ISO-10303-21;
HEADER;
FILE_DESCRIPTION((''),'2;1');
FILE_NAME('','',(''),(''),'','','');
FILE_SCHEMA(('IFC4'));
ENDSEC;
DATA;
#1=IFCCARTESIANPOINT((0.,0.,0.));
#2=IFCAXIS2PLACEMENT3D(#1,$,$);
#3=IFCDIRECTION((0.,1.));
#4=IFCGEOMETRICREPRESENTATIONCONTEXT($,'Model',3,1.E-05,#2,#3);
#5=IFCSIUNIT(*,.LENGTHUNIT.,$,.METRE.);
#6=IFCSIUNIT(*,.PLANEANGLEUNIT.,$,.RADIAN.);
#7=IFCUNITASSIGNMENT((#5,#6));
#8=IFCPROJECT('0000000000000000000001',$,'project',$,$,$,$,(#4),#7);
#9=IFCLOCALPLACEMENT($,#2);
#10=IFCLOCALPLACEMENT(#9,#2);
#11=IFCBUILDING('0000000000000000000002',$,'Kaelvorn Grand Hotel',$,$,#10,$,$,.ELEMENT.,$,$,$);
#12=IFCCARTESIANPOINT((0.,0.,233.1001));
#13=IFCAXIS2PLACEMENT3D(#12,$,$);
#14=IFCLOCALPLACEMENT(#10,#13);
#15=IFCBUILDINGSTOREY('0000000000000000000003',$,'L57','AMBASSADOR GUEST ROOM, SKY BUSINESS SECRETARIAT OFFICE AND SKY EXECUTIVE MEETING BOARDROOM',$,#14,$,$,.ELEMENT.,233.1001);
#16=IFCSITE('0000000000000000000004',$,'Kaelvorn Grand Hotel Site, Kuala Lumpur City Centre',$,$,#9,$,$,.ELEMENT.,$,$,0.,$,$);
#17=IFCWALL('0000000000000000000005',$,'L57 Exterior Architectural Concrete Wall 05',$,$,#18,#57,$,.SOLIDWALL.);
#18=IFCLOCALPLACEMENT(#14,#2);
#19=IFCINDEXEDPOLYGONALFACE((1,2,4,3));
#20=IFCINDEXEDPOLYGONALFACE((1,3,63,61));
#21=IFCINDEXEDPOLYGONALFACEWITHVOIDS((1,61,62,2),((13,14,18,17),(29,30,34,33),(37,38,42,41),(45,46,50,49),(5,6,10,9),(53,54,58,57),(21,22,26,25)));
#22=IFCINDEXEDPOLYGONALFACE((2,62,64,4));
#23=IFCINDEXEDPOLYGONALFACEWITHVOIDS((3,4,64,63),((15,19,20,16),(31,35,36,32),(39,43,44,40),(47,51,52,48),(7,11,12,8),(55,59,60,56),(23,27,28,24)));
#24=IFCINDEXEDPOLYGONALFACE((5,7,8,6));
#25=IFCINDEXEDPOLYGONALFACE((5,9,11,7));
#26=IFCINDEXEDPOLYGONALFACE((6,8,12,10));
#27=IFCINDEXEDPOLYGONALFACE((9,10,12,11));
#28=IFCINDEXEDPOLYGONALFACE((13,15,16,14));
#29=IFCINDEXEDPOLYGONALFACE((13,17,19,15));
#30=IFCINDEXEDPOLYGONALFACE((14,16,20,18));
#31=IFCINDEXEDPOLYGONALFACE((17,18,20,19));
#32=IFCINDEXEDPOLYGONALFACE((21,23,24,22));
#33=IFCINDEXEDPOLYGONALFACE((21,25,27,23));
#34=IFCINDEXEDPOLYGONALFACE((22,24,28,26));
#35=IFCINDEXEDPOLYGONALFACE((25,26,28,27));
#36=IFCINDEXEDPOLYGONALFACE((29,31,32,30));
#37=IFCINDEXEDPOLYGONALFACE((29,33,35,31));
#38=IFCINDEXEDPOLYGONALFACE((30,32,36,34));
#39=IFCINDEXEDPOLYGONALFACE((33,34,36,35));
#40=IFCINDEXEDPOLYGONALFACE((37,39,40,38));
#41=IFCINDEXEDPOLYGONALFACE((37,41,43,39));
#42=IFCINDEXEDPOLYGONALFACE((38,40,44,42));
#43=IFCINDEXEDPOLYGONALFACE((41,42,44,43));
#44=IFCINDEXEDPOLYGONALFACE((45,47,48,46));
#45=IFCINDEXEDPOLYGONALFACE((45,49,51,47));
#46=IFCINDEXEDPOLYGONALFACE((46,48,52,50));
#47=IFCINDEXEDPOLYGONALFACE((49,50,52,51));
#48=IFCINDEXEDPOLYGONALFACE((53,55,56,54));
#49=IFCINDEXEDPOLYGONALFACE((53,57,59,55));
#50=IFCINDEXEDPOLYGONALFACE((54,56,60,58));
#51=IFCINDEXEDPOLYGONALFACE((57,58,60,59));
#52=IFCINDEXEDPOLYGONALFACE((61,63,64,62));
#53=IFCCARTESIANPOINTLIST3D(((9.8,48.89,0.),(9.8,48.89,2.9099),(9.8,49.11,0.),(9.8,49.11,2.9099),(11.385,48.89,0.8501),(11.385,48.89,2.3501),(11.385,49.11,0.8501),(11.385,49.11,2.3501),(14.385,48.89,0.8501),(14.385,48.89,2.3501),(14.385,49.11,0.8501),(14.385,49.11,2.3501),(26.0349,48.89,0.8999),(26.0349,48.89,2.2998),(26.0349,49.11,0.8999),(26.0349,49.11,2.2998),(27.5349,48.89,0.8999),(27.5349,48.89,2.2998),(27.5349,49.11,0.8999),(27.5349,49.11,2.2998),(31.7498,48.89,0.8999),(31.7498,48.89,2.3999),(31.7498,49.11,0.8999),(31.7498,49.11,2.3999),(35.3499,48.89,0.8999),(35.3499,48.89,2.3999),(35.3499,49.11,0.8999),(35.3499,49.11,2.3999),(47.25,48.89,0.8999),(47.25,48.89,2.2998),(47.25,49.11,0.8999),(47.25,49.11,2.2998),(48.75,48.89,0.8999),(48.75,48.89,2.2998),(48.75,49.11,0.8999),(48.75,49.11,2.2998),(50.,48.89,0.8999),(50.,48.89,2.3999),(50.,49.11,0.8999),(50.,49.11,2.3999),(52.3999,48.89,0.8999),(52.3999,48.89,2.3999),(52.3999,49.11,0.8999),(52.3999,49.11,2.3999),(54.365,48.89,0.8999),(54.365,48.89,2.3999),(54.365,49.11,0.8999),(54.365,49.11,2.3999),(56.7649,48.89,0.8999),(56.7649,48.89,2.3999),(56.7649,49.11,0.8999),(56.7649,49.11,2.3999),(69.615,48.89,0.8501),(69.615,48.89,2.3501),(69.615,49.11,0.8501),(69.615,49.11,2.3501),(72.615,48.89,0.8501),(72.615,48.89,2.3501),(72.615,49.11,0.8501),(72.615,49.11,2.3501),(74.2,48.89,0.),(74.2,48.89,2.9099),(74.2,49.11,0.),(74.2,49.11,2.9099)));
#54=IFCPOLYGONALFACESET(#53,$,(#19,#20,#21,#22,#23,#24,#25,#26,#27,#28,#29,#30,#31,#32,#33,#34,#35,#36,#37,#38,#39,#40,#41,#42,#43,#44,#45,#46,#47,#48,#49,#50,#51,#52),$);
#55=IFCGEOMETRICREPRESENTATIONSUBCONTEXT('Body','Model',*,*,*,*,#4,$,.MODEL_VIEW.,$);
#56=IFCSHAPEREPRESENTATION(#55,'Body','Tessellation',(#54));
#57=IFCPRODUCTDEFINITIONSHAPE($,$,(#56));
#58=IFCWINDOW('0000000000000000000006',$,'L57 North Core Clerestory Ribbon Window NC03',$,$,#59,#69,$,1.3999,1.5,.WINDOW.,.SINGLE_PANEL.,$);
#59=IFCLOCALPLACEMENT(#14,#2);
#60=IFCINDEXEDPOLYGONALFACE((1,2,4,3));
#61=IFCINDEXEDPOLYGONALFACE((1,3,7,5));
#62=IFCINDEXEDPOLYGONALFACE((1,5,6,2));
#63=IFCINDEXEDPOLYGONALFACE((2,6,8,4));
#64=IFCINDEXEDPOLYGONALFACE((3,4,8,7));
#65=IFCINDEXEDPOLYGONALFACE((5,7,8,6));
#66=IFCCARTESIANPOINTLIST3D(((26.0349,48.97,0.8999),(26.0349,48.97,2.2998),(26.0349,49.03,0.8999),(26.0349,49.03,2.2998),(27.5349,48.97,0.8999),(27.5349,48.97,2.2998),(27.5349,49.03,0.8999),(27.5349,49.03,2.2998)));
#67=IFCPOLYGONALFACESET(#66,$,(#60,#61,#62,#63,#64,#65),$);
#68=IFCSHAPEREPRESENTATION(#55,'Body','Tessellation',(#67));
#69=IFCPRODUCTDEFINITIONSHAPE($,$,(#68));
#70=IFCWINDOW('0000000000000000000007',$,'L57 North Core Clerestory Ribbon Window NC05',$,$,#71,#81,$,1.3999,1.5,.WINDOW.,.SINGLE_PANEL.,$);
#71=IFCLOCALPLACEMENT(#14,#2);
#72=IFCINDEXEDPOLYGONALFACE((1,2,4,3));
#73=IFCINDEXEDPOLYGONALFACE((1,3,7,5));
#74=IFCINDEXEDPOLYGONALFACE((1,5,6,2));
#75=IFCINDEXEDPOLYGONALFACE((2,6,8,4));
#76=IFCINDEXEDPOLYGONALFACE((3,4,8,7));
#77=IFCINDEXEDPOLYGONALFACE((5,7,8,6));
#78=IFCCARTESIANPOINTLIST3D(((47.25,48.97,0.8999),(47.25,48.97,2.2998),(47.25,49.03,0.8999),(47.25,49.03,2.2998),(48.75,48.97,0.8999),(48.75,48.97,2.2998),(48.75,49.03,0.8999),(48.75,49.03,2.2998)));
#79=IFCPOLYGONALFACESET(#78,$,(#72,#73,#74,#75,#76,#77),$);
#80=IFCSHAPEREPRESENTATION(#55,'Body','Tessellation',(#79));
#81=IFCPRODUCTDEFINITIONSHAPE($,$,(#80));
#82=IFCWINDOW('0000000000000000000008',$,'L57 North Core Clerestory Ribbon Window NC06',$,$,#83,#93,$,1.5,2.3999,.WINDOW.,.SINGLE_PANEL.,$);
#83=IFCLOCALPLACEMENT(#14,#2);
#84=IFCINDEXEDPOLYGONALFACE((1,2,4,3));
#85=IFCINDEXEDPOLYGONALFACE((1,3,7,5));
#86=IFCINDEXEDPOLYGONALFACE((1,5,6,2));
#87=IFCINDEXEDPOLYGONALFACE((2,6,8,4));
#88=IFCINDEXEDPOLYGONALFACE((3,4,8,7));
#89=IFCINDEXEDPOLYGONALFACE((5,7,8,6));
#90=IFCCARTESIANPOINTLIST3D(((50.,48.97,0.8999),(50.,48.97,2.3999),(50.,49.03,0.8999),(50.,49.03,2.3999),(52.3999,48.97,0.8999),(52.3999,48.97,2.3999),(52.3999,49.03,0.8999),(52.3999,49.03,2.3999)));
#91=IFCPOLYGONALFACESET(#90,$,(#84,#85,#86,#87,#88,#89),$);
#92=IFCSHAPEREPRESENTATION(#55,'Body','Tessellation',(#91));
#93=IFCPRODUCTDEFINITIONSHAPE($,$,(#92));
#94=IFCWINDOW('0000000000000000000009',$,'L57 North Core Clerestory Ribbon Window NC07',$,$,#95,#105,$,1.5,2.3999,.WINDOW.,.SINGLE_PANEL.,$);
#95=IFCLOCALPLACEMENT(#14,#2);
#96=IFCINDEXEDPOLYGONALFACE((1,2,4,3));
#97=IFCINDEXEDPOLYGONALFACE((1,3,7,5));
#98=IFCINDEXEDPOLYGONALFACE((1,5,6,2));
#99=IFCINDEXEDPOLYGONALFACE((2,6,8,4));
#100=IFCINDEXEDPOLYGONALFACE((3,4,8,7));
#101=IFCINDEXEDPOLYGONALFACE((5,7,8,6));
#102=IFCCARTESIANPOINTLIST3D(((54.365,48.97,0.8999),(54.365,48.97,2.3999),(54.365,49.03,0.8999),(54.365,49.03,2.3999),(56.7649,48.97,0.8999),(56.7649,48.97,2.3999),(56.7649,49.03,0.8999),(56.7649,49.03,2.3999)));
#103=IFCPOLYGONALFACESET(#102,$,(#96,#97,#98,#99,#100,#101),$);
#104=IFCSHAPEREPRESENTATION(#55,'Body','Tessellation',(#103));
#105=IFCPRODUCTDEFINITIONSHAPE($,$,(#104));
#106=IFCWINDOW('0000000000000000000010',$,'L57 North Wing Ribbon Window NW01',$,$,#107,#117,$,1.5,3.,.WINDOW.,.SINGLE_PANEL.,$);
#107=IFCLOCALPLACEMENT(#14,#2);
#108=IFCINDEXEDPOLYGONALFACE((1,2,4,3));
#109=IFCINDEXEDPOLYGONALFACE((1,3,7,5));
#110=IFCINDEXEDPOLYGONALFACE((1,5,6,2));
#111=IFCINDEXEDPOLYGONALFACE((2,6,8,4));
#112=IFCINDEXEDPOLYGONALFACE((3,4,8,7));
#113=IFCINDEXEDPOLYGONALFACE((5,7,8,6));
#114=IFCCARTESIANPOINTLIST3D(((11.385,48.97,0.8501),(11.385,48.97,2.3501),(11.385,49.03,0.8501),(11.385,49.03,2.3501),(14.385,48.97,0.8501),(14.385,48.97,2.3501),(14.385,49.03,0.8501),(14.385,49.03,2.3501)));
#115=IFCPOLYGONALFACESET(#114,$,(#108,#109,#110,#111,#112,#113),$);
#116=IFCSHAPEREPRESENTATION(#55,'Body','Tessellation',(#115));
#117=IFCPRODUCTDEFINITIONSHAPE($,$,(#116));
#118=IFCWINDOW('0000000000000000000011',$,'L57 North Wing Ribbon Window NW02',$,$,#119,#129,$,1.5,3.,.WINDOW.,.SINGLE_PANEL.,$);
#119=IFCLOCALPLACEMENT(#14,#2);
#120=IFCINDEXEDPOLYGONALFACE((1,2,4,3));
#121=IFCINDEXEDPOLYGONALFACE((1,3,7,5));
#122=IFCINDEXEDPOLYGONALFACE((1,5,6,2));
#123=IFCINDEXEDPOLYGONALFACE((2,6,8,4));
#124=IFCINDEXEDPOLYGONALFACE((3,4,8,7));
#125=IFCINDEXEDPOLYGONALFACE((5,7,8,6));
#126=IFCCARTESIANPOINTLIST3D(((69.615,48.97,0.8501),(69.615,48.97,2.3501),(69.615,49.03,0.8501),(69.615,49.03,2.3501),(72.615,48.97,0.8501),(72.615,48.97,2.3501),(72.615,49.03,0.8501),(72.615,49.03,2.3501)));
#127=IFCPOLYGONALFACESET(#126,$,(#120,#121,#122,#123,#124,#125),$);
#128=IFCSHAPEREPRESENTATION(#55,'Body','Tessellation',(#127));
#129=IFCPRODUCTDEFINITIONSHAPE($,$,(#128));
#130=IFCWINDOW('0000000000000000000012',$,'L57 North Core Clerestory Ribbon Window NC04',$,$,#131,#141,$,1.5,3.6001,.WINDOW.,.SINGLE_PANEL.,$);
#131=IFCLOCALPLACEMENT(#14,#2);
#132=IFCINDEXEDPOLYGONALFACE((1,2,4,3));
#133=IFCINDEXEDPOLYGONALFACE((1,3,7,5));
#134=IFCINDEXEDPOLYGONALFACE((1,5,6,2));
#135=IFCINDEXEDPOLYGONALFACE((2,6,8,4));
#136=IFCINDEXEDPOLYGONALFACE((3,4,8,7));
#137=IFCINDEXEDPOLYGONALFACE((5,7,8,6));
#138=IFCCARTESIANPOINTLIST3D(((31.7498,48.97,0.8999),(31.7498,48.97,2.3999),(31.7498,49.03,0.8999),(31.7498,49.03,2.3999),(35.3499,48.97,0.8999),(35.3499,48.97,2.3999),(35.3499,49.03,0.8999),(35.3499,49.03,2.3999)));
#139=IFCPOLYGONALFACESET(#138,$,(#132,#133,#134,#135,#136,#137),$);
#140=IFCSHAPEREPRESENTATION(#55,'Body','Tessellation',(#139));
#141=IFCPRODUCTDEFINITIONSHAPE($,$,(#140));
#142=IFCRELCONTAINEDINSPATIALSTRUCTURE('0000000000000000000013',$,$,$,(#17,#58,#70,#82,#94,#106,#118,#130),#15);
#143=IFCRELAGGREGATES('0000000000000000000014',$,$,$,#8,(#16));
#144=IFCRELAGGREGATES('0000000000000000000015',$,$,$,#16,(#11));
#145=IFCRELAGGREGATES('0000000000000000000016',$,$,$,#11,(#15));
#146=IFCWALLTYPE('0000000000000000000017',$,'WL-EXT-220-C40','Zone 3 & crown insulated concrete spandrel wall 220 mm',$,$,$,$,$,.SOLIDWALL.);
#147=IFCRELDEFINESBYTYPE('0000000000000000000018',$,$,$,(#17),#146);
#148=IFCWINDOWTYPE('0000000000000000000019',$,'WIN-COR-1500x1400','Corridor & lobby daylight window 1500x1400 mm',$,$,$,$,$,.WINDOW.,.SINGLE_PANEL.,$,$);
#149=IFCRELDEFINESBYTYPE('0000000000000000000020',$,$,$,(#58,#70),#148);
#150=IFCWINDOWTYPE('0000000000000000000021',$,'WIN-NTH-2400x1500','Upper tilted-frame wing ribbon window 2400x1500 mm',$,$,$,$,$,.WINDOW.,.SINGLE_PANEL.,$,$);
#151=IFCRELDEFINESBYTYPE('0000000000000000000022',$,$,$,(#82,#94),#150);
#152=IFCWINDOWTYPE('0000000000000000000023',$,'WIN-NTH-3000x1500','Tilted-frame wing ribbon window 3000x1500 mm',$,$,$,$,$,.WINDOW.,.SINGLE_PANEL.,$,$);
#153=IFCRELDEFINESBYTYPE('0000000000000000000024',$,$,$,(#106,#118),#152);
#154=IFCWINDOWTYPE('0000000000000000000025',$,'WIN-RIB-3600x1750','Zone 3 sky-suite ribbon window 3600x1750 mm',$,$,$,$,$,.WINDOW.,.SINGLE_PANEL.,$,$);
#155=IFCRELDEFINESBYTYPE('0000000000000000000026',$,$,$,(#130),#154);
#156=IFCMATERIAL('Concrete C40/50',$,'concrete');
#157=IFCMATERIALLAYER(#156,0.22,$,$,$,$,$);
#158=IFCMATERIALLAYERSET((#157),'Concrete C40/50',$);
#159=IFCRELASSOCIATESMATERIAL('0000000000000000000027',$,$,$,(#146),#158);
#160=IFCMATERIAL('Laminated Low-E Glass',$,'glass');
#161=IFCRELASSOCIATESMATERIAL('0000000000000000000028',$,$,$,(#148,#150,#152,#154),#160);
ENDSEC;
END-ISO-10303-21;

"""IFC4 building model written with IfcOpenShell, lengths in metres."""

from ifc_helpers import new_model, si_unit, direction, frame, frame_2d, origin, place, context, subcontext, project, spatial, rectangle, extrude, material, layer, layer_set, type_object, element, fill, save


model = new_model("IFC4")

# Units and contexts
model_context = context("Model", 3, precision=1e-05, world=origin(), true_north=direction((0.0, 1.0)))
body_context = subcontext(model_context, "Body", "Model", "MODEL_VIEW")
ifc_project = project(units=[si_unit("LENGTHUNIT", "METRE"), si_unit("PLANEANGLEUNIT", "RADIAN")], contexts=[model_context])

# Site, building, storey
site_placement = place(None, origin())
site = spatial("IfcSite", under=ifc_project, at=site_placement, Name="Kaelvorn Grand Hotel Site, Kuala Lumpur City Centre", CompositionType="ELEMENT", RefElevation=0.0)
building_placement = place(site_placement, origin())
building = spatial("IfcBuilding", under=site, at=building_placement, Name="Kaelvorn Grand Hotel", CompositionType="ELEMENT")
storey_placement = place(building_placement, frame((0.0, 0.0, 233.1001)))
storey = spatial("IfcBuildingStorey", under=building, at=storey_placement, Name="L57", Description="AMBASSADOR GUEST ROOM, SKY BUSINESS SECRETARIAT OFFICE AND SKY EXECUTIVE MEETING BOARDROOM", CompositionType="ELEMENT", Elevation=233.1001)

# Shared definitions
ifc_material_1 = material(Name="Concrete C40/50", Category="concrete")
ifc_layer_1 = layer(ifc_material_1, 0.22)
ifc_layer_set_1 = layer_set([ifc_layer_1], Name="Concrete C40/50")
wall_type = type_object("IfcWallType", Name="WL-EXT-220-C40", Description="Zone 3 & crown insulated concrete spandrel wall 220 mm", PredefinedType="SOLIDWALL", material=ifc_layer_set_1)
ifc_material_2 = material(Name="Laminated Low-E Glass", Category="glass")

# Wall, openings, windows
wall_1_placement = place(storey_placement, frame((74.2, 49.0, 0.0), z_axis=(0.0, 0.0, 1.0), x_axis=(-1.0, 0.0, 0.0)))
wall_1 = element("IfcWall", 1, at=wall_1_placement, inside=storey, type_object=wall_type, Name="L57 Exterior Architectural Concrete Wall 05", PredefinedType="SOLIDWALL", context=body_context, shape_type="SweptSolid", body=[
    extrude(rectangle(XDim=64.3999, YDim=0.22, at=frame_2d((32.2, 0.0))), origin(), (0.0, 0.0, 1.0), 2.9099),
])
opening_1_placement = place(wall_1_placement, frame((59.8149, 0.0, 0.8501)))
opening_1 = element("IfcOpeningElement", 2, at=opening_1_placement, cuts=wall_1, PredefinedType="OPENING", context=body_context, shape_type="SweptSolid", body=[
    extrude(rectangle(XDim=3.0, YDim=1.5, at=frame_2d((1.5, 0.75))), frame((0.0, 0.1201, 0.0), z_axis=(0.0, -1.0, 0.0), x_axis=(1.0, 0.0, 0.0)), (0.0, 0.0, 1.0), 0.24),
])
opening_2_placement = place(wall_1_placement, frame((1.585, 0.0, 0.8501)))
opening_2 = element("IfcOpeningElement", 3, at=opening_2_placement, cuts=wall_1, PredefinedType="OPENING", context=body_context, shape_type="SweptSolid", body=[
    extrude(rectangle(XDim=3.0, YDim=1.5, at=frame_2d((1.5, 0.75))), frame((0.0, 0.1201, 0.0), z_axis=(0.0, -1.0, 0.0), x_axis=(1.0, 0.0, 0.0)), (0.0, 0.0, 1.0), 0.24),
])
opening_3_placement = place(wall_1_placement, frame((46.665, 0.0, 0.8999)))
opening_3 = element("IfcOpeningElement", 4, at=opening_3_placement, cuts=wall_1, PredefinedType="OPENING", context=body_context, shape_type="SweptSolid", body=[
    extrude(rectangle(XDim=1.5, YDim=1.3999, at=frame_2d((0.75, 0.7))), frame((0.0, 0.1201, 0.0), z_axis=(0.0, -1.0, 0.0), x_axis=(1.0, 0.0, 0.0)), (0.0, 0.0, 1.0), 0.24),
])
opening_4_placement = place(wall_1_placement, frame((38.8501, 0.0, 0.8999)))
opening_4 = element("IfcOpeningElement", 5, at=opening_4_placement, cuts=wall_1, PredefinedType="OPENING", context=body_context, shape_type="SweptSolid", body=[
    extrude(rectangle(XDim=3.6001, YDim=1.5, at=frame_2d((1.8, 0.75))), frame((0.0, 0.1201, 0.0), z_axis=(0.0, -1.0, 0.0), x_axis=(1.0, 0.0, 0.0)), (0.0, 0.0, 1.0), 0.24),
])
opening_5_placement = place(wall_1_placement, frame((25.45, 0.0, 0.8999)))
opening_5 = element("IfcOpeningElement", 6, at=opening_5_placement, cuts=wall_1, PredefinedType="OPENING", context=body_context, shape_type="SweptSolid", body=[
    extrude(rectangle(XDim=1.5, YDim=1.3999, at=frame_2d((0.75, 0.7))), frame((0.0, 0.1201, 0.0), z_axis=(0.0, -1.0, 0.0), x_axis=(1.0, 0.0, 0.0)), (0.0, 0.0, 1.0), 0.24),
])
opening_6_placement = place(wall_1_placement, frame((21.8, 0.0, 0.8999)))
opening_6 = element("IfcOpeningElement", 7, at=opening_6_placement, cuts=wall_1, PredefinedType="OPENING", context=body_context, shape_type="SweptSolid", body=[
    extrude(rectangle(XDim=2.3999, YDim=1.5, at=frame_2d((1.2, 0.75))), frame((0.0, 0.1201, 0.0), z_axis=(0.0, -1.0, 0.0), x_axis=(1.0, 0.0, 0.0)), (0.0, 0.0, 1.0), 0.24),
])
opening_7_placement = place(wall_1_placement, frame((17.4351, 0.0, 0.8999)))
opening_7 = element("IfcOpeningElement", 8, at=opening_7_placement, cuts=wall_1, PredefinedType="OPENING", context=body_context, shape_type="SweptSolid", body=[
    extrude(rectangle(XDim=2.3999, YDim=1.5, at=frame_2d((1.2, 0.75))), frame((0.0, 0.1201, 0.0), z_axis=(0.0, -1.0, 0.0), x_axis=(1.0, 0.0, 0.0)), (0.0, 0.0, 1.0), 0.24),
])
window_type_1 = type_object("IfcWindowType", Name="WIN-COR-1500x1400", Description="Corridor & lobby daylight window 1500x1400 mm", PartitioningType="SINGLE_PANEL", PredefinedType="WINDOW", material=ifc_material_2)
window_1_placement = place(opening_3_placement, origin())
window_1 = element("IfcWindow", 9, at=window_1_placement, inside=storey, type_object=window_type_1, Name="L57 North Core Clerestory Ribbon Window NC03", OverallHeight=1.3999, OverallWidth=1.5, PartitioningType="SINGLE_PANEL", PredefinedType="WINDOW", context=body_context, shape_type="SweptSolid", body=[
    extrude(rectangle(XDim=1.5, YDim=1.3999, at=frame_2d((0.75, 0.7))), frame((0.0, 0.03, 0.0), z_axis=(0.0, -1.0, 0.0), x_axis=(1.0, 0.0, 0.0)), (0.0, 0.0, 1.0), 0.0601),
])
fill(opening_3, window_1)
window_2_placement = place(opening_5_placement, origin())
window_2 = element("IfcWindow", 10, at=window_2_placement, inside=storey, type_object=window_type_1, Name="L57 North Core Clerestory Ribbon Window NC05", OverallHeight=1.3999, OverallWidth=1.5, PartitioningType="SINGLE_PANEL", PredefinedType="WINDOW", context=body_context, shape_type="SweptSolid", body=[
    extrude(rectangle(XDim=1.5, YDim=1.3999, at=frame_2d((0.75, 0.7))), frame((0.0, 0.03, 0.0), z_axis=(0.0, -1.0, 0.0), x_axis=(1.0, 0.0, 0.0)), (0.0, 0.0, 1.0), 0.0601),
])
fill(opening_5, window_2)
window_type_2 = type_object("IfcWindowType", Name="WIN-NTH-2400x1500", Description="Upper tilted-frame wing ribbon window 2400x1500 mm", PartitioningType="SINGLE_PANEL", PredefinedType="WINDOW", material=ifc_material_2)
window_3_placement = place(opening_6_placement, origin())
window_3 = element("IfcWindow", 11, at=window_3_placement, inside=storey, type_object=window_type_2, Name="L57 North Core Clerestory Ribbon Window NC06", OverallHeight=1.5, OverallWidth=2.3999, PartitioningType="SINGLE_PANEL", PredefinedType="WINDOW", context=body_context, shape_type="SweptSolid", body=[
    extrude(rectangle(XDim=2.3999, YDim=1.5, at=frame_2d((1.2, 0.75))), frame((0.0, 0.03, 0.0), z_axis=(0.0, -1.0, 0.0), x_axis=(1.0, 0.0, 0.0)), (0.0, 0.0, 1.0), 0.0601),
])
fill(opening_6, window_3)
window_4_placement = place(opening_7_placement, origin())
window_4 = element("IfcWindow", 12, at=window_4_placement, inside=storey, type_object=window_type_2, Name="L57 North Core Clerestory Ribbon Window NC07", OverallHeight=1.5, OverallWidth=2.3999, PartitioningType="SINGLE_PANEL", PredefinedType="WINDOW", context=body_context, shape_type="SweptSolid", body=[
    extrude(rectangle(XDim=2.3999, YDim=1.5, at=frame_2d((1.2, 0.75))), frame((0.0, 0.03, 0.0), z_axis=(0.0, -1.0, 0.0), x_axis=(1.0, 0.0, 0.0)), (0.0, 0.0, 1.0), 0.0601),
])
fill(opening_7, window_4)
window_type_3 = type_object("IfcWindowType", Name="WIN-NTH-3000x1500", Description="Tilted-frame wing ribbon window 3000x1500 mm", PartitioningType="SINGLE_PANEL", PredefinedType="WINDOW", material=ifc_material_2)
window_5_placement = place(opening_1_placement, origin())
window_5 = element("IfcWindow", 13, at=window_5_placement, inside=storey, type_object=window_type_3, Name="L57 North Wing Ribbon Window NW01", OverallHeight=1.5, OverallWidth=3.0, PartitioningType="SINGLE_PANEL", PredefinedType="WINDOW", context=body_context, shape_type="SweptSolid", body=[
    extrude(rectangle(XDim=3.0, YDim=1.5, at=frame_2d((1.5, 0.75))), frame((0.0, 0.03, 0.0), z_axis=(0.0, -1.0, 0.0), x_axis=(1.0, 0.0, 0.0)), (0.0, 0.0, 1.0), 0.0601),
])
fill(opening_1, window_5)
window_6_placement = place(opening_2_placement, origin())
window_6 = element("IfcWindow", 14, at=window_6_placement, inside=storey, type_object=window_type_3, Name="L57 North Wing Ribbon Window NW02", OverallHeight=1.5, OverallWidth=3.0, PartitioningType="SINGLE_PANEL", PredefinedType="WINDOW", context=body_context, shape_type="SweptSolid", body=[
    extrude(rectangle(XDim=3.0, YDim=1.5, at=frame_2d((1.5, 0.75))), frame((0.0, 0.03, 0.0), z_axis=(0.0, -1.0, 0.0), x_axis=(1.0, 0.0, 0.0)), (0.0, 0.0, 1.0), 0.0601),
])
fill(opening_2, window_6)
window_type_4 = type_object("IfcWindowType", Name="WIN-RIB-3600x1750", Description="Zone 3 sky-suite ribbon window 3600x1750 mm", PartitioningType="SINGLE_PANEL", PredefinedType="WINDOW", material=ifc_material_2)
window_7_placement = place(opening_4_placement, origin())
window_7 = element("IfcWindow", 15, at=window_7_placement, inside=storey, type_object=window_type_4, Name="L57 North Core Clerestory Ribbon Window NC04", OverallHeight=1.5, OverallWidth=3.6001, PartitioningType="SINGLE_PANEL", PredefinedType="WINDOW", context=body_context, shape_type="SweptSolid", body=[
    extrude(rectangle(XDim=3.6001, YDim=1.5, at=frame_2d((1.8, 0.75))), frame((0.0, 0.03, 0.0), z_axis=(0.0, -1.0, 0.0), x_axis=(1.0, 0.0, 0.0)), (0.0, 0.0, 1.0), 0.0601),
])
fill(opening_4, window_7)

save(model, "model.ifc")
